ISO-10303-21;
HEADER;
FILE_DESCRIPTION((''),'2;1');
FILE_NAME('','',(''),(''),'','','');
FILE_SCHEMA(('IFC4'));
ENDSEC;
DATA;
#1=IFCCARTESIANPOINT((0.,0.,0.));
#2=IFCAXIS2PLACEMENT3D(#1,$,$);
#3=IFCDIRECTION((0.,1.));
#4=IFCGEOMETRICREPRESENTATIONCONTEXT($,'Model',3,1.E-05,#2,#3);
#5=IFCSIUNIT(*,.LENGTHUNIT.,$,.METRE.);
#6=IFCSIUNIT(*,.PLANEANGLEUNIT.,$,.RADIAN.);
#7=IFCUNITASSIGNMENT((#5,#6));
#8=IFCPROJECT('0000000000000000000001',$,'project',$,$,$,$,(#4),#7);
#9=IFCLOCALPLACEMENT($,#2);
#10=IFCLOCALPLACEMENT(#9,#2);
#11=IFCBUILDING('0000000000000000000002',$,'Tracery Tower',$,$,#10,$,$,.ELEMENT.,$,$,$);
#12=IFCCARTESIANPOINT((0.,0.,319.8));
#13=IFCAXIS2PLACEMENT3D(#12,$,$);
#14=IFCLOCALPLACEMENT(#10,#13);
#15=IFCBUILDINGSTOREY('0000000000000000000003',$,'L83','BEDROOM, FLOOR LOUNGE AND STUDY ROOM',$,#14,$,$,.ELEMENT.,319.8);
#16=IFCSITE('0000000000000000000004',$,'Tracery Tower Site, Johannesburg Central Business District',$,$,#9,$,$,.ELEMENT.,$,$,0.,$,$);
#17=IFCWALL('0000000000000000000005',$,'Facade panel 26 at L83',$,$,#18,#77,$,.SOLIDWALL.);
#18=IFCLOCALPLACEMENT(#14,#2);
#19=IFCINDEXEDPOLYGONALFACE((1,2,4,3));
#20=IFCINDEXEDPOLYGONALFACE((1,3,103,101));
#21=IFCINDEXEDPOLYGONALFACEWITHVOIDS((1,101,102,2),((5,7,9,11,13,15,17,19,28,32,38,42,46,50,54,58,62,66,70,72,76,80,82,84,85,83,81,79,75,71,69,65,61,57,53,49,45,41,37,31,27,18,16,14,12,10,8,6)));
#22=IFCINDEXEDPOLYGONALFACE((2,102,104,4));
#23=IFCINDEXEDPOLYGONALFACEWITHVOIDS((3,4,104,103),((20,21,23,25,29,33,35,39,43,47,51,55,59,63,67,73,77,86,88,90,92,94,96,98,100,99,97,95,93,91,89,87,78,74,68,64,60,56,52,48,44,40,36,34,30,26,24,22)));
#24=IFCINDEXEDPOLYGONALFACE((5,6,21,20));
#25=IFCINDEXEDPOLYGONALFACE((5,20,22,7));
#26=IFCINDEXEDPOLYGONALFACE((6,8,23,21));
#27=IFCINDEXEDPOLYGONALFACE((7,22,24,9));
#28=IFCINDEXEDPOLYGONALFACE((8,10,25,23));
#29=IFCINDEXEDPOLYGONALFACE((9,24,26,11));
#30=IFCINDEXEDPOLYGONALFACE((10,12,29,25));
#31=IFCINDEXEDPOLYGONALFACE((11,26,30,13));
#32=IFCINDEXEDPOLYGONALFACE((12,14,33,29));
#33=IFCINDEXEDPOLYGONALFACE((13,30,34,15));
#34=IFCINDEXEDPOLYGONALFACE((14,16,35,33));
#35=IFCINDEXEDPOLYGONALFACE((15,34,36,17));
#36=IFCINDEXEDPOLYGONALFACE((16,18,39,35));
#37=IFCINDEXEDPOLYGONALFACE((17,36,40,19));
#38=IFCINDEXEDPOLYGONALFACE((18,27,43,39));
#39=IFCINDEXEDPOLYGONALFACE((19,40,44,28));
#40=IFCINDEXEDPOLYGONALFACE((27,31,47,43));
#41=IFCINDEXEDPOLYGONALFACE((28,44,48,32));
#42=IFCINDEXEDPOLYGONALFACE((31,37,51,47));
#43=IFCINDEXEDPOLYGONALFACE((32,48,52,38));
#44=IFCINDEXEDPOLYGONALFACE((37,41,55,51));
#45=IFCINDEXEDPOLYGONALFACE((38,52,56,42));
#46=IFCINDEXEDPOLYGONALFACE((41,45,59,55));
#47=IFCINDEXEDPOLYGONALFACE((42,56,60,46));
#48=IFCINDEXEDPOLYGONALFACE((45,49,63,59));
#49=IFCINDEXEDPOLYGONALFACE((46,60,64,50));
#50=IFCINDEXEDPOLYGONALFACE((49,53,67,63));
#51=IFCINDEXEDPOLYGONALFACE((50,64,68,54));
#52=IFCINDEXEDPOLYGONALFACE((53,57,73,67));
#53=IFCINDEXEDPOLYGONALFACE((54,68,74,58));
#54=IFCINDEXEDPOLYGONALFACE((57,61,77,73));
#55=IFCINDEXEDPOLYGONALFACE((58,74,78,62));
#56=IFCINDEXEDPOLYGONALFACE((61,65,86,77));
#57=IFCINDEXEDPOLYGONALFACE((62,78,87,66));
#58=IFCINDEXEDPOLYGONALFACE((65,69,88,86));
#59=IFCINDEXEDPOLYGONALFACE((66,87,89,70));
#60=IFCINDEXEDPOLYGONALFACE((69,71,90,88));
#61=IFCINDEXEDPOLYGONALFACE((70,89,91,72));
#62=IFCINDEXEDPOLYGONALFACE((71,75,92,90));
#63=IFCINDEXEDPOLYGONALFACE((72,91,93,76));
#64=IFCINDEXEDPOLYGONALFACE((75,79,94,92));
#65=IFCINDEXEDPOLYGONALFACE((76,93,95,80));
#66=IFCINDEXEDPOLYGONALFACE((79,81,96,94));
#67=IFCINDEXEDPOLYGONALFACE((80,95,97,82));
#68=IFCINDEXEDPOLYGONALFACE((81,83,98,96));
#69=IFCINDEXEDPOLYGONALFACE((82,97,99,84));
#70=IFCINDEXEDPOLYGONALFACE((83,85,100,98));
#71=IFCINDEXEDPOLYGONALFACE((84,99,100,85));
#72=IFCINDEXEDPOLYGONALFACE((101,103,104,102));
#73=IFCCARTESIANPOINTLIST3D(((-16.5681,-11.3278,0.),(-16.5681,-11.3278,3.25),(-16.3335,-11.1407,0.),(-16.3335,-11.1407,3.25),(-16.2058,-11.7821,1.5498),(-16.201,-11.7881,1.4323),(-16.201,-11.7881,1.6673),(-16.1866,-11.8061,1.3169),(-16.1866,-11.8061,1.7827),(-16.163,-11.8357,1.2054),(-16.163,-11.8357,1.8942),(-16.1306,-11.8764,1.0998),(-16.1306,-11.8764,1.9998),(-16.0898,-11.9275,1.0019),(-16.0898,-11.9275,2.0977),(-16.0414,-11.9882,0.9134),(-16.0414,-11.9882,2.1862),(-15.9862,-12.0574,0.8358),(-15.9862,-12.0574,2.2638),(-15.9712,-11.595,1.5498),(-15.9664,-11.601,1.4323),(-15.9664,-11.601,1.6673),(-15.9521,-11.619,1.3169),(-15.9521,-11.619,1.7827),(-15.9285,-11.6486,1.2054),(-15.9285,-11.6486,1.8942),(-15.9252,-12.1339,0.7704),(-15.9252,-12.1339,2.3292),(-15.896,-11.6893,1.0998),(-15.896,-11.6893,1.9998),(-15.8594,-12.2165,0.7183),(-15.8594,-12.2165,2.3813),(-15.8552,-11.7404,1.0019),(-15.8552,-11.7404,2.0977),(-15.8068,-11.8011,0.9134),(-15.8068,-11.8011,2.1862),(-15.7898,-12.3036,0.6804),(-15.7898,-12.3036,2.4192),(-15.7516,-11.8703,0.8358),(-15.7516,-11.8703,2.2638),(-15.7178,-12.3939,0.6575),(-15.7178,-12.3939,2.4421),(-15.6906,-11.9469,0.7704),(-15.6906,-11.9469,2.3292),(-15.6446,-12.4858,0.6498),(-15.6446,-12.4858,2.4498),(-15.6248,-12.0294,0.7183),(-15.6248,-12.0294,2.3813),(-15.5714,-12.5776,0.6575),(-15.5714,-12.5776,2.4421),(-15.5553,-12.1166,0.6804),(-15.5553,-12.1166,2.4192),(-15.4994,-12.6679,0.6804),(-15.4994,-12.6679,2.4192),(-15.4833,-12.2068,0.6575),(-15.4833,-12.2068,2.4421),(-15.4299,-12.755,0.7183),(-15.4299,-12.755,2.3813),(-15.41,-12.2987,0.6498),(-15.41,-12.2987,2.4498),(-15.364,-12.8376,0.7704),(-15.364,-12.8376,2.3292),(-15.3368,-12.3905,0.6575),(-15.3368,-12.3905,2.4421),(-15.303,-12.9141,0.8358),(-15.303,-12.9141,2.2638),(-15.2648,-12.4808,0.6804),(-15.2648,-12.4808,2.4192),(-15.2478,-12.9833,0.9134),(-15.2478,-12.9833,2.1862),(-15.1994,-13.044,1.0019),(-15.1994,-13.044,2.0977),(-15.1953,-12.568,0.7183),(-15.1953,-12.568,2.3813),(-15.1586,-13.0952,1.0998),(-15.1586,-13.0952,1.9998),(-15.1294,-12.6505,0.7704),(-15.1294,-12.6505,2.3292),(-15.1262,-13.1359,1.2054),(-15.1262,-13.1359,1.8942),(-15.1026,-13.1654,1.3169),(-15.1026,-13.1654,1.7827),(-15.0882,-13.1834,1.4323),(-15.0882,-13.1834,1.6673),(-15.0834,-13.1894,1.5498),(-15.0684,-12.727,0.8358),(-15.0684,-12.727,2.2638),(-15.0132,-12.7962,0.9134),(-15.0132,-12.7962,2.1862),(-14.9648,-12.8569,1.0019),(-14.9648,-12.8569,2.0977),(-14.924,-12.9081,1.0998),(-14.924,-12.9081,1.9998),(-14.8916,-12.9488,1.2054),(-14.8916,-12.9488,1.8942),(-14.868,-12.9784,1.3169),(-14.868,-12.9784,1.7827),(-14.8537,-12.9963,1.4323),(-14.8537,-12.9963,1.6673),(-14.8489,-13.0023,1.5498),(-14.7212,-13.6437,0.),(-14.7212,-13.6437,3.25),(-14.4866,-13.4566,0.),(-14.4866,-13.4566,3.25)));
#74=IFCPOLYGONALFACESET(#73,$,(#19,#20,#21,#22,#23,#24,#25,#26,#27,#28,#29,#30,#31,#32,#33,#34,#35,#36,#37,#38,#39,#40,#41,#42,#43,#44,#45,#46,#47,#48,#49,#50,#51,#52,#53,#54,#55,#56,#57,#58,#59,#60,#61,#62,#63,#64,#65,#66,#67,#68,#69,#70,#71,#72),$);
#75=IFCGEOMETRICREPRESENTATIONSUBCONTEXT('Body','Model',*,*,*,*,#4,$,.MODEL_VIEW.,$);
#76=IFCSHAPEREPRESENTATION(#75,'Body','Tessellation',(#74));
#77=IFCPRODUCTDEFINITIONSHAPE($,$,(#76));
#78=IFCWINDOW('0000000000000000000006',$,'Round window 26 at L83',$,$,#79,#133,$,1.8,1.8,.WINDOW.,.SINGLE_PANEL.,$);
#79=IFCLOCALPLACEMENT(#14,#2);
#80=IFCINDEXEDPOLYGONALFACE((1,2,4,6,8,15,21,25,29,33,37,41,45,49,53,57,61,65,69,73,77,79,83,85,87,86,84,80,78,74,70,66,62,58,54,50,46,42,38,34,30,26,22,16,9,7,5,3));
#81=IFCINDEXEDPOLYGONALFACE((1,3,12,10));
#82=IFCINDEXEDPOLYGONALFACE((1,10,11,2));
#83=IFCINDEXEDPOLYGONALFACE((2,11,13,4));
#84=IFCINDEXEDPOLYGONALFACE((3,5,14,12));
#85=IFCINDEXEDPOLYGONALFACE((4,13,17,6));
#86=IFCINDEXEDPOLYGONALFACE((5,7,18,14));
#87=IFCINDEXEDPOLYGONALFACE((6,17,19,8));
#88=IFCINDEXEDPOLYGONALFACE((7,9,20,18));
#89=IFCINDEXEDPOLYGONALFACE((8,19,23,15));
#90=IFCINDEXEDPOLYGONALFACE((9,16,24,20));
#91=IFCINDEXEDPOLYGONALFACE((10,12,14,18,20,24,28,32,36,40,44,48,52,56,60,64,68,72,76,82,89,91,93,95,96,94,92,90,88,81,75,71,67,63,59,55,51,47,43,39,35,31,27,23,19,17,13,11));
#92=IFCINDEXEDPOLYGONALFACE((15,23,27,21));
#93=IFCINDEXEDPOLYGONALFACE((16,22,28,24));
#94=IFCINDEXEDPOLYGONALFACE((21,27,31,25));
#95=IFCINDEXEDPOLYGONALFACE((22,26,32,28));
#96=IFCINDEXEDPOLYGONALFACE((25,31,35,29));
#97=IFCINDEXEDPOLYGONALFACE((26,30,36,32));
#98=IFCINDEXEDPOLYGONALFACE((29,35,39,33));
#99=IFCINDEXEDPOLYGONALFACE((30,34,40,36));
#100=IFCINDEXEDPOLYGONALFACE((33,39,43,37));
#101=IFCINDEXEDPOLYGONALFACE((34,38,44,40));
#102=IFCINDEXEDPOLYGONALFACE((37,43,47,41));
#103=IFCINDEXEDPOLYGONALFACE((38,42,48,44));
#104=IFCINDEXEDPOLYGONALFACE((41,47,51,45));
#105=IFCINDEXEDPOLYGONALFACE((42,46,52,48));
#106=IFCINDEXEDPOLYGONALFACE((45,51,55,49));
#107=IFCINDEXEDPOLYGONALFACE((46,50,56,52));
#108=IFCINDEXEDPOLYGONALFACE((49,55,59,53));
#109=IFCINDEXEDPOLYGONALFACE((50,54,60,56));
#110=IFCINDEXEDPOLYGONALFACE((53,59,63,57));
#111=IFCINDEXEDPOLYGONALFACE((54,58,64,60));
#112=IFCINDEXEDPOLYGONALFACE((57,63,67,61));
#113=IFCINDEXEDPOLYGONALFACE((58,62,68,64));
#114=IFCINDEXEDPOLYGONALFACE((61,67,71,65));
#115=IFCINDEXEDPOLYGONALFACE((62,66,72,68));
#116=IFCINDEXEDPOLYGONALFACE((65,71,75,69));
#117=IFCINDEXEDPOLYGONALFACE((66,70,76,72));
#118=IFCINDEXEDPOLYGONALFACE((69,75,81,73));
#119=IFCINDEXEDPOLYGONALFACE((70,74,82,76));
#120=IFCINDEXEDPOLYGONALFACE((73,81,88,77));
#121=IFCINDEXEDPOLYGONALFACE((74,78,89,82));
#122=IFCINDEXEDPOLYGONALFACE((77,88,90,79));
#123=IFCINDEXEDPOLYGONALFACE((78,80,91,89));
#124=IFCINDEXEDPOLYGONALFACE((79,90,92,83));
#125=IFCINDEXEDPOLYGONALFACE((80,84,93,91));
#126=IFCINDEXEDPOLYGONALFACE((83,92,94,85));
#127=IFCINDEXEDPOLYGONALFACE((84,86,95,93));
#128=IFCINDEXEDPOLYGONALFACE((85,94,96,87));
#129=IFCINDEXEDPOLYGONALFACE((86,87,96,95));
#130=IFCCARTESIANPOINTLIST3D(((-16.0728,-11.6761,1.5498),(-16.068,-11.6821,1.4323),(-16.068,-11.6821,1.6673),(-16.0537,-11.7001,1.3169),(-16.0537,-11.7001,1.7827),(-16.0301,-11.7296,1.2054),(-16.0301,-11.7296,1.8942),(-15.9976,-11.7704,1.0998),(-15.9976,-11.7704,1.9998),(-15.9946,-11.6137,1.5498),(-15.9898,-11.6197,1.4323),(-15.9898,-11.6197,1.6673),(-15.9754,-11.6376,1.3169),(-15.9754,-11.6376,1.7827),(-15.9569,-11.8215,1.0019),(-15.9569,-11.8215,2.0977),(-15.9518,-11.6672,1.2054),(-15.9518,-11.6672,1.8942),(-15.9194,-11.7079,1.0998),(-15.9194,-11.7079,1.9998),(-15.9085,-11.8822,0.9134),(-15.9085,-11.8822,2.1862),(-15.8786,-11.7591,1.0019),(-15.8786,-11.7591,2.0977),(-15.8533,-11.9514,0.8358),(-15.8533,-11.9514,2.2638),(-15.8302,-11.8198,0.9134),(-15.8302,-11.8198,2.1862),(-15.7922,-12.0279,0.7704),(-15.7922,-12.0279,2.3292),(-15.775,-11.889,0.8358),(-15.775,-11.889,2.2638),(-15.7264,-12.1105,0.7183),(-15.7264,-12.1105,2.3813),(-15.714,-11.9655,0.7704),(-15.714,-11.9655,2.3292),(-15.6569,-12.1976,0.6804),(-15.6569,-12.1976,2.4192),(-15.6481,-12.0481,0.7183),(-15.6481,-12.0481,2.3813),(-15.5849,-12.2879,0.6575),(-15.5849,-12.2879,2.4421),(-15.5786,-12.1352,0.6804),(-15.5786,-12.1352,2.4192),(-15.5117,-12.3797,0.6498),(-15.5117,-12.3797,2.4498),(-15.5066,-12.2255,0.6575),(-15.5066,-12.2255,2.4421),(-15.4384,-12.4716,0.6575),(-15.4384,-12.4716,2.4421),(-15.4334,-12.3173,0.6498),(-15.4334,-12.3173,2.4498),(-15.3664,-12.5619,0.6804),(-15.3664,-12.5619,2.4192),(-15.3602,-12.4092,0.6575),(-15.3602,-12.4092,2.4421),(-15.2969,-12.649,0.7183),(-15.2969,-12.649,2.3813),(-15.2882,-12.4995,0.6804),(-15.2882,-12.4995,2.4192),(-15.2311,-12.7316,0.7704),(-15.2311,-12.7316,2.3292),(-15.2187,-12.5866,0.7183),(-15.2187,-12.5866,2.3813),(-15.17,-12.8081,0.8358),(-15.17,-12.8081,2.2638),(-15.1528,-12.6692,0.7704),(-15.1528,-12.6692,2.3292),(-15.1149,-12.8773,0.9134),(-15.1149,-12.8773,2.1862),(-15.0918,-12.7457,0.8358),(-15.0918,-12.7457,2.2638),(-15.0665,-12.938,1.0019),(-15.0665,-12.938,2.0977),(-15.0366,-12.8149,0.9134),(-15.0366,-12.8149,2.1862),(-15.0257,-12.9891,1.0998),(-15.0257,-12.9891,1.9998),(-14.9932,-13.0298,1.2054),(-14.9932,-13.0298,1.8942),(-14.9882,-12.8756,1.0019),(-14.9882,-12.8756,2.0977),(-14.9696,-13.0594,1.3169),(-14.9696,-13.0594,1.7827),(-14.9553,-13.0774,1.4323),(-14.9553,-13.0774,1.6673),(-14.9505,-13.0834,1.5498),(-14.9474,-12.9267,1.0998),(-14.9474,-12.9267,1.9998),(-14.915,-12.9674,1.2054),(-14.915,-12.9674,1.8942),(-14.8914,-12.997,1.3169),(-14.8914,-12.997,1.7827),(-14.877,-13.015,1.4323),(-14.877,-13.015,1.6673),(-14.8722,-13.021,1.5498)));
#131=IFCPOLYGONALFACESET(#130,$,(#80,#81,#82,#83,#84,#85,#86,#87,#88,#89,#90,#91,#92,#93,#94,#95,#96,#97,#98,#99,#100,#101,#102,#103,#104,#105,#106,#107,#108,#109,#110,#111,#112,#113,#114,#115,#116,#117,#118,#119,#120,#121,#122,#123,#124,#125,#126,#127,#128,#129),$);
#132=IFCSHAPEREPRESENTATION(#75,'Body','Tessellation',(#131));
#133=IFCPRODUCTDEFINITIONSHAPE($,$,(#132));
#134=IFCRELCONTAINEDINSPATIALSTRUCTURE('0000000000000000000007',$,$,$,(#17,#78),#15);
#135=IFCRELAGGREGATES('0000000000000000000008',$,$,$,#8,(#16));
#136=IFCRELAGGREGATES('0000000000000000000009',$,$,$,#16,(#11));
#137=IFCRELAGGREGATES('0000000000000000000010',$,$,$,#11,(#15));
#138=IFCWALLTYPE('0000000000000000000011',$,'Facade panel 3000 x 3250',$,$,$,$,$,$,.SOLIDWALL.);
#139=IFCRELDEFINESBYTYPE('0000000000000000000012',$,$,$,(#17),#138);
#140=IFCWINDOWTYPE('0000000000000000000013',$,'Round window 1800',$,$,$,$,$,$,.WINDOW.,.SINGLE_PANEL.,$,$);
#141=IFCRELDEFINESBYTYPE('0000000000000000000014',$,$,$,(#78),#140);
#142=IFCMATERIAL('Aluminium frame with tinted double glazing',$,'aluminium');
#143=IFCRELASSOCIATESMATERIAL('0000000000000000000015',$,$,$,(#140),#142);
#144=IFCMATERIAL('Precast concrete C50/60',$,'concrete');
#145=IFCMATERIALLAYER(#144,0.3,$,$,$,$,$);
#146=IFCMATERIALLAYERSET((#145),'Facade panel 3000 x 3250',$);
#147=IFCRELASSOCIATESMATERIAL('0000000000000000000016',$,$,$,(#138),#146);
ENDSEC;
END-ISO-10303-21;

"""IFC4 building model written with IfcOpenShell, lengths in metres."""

from ifc_helpers import new_model, si_unit, direction, frame, frame_2d, origin, origin_2d, place, context, subcontext, project, spatial, rectangle, circle, extrude, material, layer, layer_set, type_object, element, fill, save


model = new_model("IFC4")

# Units and contexts
model_context = context("Model", 3, precision=1e-05, world=origin(), true_north=direction((0.0, 1.0)))
body_context = subcontext(model_context, "Body", "Model", "MODEL_VIEW")
ifc_project = project(units=[si_unit("LENGTHUNIT", "METRE"), si_unit("PLANEANGLEUNIT", "RADIAN")], contexts=[model_context])

# Site, building, storey
site_placement = place(None, origin())
site = spatial("IfcSite", under=ifc_project, at=site_placement, Name="Tracery Tower Site, Johannesburg Central Business District", CompositionType="ELEMENT", RefElevation=0.0)
building_placement = place(site_placement, origin())
building = spatial("IfcBuilding", under=site, at=building_placement, Name="Tracery Tower", CompositionType="ELEMENT")
storey_placement = place(building_placement, frame((0.0, 0.0, 319.8)))
storey = spatial("IfcBuildingStorey", under=building, at=storey_placement, Name="L83", Description="BEDROOM, FLOOR LOUNGE AND STUDY ROOM", CompositionType="ELEMENT", Elevation=319.8)

# Wall, opening, window
ifc_material_1 = material(Name="Aluminium frame with tinted double glazing", Category="aluminium")
window_type = type_object("IfcWindowType", Name="Round window 1800", PartitioningType="SINGLE_PANEL", PredefinedType="WINDOW", material=ifc_material_1)
ifc_material_2 = material(Name="Precast concrete C50/60", Category="concrete")
ifc_layer_1 = layer(ifc_material_2, 0.3)
ifc_layer_set_1 = layer_set([ifc_layer_1], Name="Facade panel 3000 x 3250")
wall_type_1 = type_object("IfcWallType", Name="Facade panel 3000 x 3250", PredefinedType="SOLIDWALL", material=ifc_layer_set_1)
wall_1_placement = place(storey_placement, frame((-16.4507, -11.2344, 0.0), z_axis=(0.0, 0.0, 1.0), x_axis=(0.623498, -0.781825, 0.0)))
wall_1 = element("IfcWall", 1, at=wall_1_placement, inside=storey, type_object=wall_type_1, Name="Facade panel 26 at L83", PredefinedType="SOLIDWALL", context=body_context, shape_type="SweptSolid", body=[
    extrude(rectangle(XDim=2.9622, YDim=0.3, at=frame_2d((1.481, 0.0))), origin(), (0.0, 0.0, 1.0), 3.25),
])
opening_1_placement = place(wall_1_placement, frame((1.481, 0.0, 1.5498)))
opening_1 = element("IfcOpeningElement", 2, at=opening_1_placement, cuts=wall_1, PredefinedType="OPENING", context=body_context, shape_type="SweptSolid", body=[
    extrude(circle(Radius=0.9, at=origin_2d()), frame((0.0, 0.1599, 0.0), z_axis=(0.0, -1.0, 0.0), x_axis=(1.0, 0.0, 0.0)), (0.0, 0.0, 1.0), 0.3201),
])
window_1_placement = place(opening_1_placement, origin())
window_1 = element("IfcWindow", 3, at=window_1_placement, inside=storey, type_object=window_type, Name="Round window 26 at L83", OverallHeight=1.8, OverallWidth=1.8, PartitioningType="SINGLE_PANEL", PredefinedType="WINDOW", context=body_context, shape_type="SweptSolid", body=[
    extrude(circle(Radius=0.9, at=origin_2d()), frame((0.0, 0.1201, 0.0), z_axis=(0.0, -1.0, 0.0), x_axis=(1.0, 0.0, 0.0)), (0.0, 0.0, 1.0), 0.1001),
])
fill(opening_1, window_1)

save(model, "model.ifc")
